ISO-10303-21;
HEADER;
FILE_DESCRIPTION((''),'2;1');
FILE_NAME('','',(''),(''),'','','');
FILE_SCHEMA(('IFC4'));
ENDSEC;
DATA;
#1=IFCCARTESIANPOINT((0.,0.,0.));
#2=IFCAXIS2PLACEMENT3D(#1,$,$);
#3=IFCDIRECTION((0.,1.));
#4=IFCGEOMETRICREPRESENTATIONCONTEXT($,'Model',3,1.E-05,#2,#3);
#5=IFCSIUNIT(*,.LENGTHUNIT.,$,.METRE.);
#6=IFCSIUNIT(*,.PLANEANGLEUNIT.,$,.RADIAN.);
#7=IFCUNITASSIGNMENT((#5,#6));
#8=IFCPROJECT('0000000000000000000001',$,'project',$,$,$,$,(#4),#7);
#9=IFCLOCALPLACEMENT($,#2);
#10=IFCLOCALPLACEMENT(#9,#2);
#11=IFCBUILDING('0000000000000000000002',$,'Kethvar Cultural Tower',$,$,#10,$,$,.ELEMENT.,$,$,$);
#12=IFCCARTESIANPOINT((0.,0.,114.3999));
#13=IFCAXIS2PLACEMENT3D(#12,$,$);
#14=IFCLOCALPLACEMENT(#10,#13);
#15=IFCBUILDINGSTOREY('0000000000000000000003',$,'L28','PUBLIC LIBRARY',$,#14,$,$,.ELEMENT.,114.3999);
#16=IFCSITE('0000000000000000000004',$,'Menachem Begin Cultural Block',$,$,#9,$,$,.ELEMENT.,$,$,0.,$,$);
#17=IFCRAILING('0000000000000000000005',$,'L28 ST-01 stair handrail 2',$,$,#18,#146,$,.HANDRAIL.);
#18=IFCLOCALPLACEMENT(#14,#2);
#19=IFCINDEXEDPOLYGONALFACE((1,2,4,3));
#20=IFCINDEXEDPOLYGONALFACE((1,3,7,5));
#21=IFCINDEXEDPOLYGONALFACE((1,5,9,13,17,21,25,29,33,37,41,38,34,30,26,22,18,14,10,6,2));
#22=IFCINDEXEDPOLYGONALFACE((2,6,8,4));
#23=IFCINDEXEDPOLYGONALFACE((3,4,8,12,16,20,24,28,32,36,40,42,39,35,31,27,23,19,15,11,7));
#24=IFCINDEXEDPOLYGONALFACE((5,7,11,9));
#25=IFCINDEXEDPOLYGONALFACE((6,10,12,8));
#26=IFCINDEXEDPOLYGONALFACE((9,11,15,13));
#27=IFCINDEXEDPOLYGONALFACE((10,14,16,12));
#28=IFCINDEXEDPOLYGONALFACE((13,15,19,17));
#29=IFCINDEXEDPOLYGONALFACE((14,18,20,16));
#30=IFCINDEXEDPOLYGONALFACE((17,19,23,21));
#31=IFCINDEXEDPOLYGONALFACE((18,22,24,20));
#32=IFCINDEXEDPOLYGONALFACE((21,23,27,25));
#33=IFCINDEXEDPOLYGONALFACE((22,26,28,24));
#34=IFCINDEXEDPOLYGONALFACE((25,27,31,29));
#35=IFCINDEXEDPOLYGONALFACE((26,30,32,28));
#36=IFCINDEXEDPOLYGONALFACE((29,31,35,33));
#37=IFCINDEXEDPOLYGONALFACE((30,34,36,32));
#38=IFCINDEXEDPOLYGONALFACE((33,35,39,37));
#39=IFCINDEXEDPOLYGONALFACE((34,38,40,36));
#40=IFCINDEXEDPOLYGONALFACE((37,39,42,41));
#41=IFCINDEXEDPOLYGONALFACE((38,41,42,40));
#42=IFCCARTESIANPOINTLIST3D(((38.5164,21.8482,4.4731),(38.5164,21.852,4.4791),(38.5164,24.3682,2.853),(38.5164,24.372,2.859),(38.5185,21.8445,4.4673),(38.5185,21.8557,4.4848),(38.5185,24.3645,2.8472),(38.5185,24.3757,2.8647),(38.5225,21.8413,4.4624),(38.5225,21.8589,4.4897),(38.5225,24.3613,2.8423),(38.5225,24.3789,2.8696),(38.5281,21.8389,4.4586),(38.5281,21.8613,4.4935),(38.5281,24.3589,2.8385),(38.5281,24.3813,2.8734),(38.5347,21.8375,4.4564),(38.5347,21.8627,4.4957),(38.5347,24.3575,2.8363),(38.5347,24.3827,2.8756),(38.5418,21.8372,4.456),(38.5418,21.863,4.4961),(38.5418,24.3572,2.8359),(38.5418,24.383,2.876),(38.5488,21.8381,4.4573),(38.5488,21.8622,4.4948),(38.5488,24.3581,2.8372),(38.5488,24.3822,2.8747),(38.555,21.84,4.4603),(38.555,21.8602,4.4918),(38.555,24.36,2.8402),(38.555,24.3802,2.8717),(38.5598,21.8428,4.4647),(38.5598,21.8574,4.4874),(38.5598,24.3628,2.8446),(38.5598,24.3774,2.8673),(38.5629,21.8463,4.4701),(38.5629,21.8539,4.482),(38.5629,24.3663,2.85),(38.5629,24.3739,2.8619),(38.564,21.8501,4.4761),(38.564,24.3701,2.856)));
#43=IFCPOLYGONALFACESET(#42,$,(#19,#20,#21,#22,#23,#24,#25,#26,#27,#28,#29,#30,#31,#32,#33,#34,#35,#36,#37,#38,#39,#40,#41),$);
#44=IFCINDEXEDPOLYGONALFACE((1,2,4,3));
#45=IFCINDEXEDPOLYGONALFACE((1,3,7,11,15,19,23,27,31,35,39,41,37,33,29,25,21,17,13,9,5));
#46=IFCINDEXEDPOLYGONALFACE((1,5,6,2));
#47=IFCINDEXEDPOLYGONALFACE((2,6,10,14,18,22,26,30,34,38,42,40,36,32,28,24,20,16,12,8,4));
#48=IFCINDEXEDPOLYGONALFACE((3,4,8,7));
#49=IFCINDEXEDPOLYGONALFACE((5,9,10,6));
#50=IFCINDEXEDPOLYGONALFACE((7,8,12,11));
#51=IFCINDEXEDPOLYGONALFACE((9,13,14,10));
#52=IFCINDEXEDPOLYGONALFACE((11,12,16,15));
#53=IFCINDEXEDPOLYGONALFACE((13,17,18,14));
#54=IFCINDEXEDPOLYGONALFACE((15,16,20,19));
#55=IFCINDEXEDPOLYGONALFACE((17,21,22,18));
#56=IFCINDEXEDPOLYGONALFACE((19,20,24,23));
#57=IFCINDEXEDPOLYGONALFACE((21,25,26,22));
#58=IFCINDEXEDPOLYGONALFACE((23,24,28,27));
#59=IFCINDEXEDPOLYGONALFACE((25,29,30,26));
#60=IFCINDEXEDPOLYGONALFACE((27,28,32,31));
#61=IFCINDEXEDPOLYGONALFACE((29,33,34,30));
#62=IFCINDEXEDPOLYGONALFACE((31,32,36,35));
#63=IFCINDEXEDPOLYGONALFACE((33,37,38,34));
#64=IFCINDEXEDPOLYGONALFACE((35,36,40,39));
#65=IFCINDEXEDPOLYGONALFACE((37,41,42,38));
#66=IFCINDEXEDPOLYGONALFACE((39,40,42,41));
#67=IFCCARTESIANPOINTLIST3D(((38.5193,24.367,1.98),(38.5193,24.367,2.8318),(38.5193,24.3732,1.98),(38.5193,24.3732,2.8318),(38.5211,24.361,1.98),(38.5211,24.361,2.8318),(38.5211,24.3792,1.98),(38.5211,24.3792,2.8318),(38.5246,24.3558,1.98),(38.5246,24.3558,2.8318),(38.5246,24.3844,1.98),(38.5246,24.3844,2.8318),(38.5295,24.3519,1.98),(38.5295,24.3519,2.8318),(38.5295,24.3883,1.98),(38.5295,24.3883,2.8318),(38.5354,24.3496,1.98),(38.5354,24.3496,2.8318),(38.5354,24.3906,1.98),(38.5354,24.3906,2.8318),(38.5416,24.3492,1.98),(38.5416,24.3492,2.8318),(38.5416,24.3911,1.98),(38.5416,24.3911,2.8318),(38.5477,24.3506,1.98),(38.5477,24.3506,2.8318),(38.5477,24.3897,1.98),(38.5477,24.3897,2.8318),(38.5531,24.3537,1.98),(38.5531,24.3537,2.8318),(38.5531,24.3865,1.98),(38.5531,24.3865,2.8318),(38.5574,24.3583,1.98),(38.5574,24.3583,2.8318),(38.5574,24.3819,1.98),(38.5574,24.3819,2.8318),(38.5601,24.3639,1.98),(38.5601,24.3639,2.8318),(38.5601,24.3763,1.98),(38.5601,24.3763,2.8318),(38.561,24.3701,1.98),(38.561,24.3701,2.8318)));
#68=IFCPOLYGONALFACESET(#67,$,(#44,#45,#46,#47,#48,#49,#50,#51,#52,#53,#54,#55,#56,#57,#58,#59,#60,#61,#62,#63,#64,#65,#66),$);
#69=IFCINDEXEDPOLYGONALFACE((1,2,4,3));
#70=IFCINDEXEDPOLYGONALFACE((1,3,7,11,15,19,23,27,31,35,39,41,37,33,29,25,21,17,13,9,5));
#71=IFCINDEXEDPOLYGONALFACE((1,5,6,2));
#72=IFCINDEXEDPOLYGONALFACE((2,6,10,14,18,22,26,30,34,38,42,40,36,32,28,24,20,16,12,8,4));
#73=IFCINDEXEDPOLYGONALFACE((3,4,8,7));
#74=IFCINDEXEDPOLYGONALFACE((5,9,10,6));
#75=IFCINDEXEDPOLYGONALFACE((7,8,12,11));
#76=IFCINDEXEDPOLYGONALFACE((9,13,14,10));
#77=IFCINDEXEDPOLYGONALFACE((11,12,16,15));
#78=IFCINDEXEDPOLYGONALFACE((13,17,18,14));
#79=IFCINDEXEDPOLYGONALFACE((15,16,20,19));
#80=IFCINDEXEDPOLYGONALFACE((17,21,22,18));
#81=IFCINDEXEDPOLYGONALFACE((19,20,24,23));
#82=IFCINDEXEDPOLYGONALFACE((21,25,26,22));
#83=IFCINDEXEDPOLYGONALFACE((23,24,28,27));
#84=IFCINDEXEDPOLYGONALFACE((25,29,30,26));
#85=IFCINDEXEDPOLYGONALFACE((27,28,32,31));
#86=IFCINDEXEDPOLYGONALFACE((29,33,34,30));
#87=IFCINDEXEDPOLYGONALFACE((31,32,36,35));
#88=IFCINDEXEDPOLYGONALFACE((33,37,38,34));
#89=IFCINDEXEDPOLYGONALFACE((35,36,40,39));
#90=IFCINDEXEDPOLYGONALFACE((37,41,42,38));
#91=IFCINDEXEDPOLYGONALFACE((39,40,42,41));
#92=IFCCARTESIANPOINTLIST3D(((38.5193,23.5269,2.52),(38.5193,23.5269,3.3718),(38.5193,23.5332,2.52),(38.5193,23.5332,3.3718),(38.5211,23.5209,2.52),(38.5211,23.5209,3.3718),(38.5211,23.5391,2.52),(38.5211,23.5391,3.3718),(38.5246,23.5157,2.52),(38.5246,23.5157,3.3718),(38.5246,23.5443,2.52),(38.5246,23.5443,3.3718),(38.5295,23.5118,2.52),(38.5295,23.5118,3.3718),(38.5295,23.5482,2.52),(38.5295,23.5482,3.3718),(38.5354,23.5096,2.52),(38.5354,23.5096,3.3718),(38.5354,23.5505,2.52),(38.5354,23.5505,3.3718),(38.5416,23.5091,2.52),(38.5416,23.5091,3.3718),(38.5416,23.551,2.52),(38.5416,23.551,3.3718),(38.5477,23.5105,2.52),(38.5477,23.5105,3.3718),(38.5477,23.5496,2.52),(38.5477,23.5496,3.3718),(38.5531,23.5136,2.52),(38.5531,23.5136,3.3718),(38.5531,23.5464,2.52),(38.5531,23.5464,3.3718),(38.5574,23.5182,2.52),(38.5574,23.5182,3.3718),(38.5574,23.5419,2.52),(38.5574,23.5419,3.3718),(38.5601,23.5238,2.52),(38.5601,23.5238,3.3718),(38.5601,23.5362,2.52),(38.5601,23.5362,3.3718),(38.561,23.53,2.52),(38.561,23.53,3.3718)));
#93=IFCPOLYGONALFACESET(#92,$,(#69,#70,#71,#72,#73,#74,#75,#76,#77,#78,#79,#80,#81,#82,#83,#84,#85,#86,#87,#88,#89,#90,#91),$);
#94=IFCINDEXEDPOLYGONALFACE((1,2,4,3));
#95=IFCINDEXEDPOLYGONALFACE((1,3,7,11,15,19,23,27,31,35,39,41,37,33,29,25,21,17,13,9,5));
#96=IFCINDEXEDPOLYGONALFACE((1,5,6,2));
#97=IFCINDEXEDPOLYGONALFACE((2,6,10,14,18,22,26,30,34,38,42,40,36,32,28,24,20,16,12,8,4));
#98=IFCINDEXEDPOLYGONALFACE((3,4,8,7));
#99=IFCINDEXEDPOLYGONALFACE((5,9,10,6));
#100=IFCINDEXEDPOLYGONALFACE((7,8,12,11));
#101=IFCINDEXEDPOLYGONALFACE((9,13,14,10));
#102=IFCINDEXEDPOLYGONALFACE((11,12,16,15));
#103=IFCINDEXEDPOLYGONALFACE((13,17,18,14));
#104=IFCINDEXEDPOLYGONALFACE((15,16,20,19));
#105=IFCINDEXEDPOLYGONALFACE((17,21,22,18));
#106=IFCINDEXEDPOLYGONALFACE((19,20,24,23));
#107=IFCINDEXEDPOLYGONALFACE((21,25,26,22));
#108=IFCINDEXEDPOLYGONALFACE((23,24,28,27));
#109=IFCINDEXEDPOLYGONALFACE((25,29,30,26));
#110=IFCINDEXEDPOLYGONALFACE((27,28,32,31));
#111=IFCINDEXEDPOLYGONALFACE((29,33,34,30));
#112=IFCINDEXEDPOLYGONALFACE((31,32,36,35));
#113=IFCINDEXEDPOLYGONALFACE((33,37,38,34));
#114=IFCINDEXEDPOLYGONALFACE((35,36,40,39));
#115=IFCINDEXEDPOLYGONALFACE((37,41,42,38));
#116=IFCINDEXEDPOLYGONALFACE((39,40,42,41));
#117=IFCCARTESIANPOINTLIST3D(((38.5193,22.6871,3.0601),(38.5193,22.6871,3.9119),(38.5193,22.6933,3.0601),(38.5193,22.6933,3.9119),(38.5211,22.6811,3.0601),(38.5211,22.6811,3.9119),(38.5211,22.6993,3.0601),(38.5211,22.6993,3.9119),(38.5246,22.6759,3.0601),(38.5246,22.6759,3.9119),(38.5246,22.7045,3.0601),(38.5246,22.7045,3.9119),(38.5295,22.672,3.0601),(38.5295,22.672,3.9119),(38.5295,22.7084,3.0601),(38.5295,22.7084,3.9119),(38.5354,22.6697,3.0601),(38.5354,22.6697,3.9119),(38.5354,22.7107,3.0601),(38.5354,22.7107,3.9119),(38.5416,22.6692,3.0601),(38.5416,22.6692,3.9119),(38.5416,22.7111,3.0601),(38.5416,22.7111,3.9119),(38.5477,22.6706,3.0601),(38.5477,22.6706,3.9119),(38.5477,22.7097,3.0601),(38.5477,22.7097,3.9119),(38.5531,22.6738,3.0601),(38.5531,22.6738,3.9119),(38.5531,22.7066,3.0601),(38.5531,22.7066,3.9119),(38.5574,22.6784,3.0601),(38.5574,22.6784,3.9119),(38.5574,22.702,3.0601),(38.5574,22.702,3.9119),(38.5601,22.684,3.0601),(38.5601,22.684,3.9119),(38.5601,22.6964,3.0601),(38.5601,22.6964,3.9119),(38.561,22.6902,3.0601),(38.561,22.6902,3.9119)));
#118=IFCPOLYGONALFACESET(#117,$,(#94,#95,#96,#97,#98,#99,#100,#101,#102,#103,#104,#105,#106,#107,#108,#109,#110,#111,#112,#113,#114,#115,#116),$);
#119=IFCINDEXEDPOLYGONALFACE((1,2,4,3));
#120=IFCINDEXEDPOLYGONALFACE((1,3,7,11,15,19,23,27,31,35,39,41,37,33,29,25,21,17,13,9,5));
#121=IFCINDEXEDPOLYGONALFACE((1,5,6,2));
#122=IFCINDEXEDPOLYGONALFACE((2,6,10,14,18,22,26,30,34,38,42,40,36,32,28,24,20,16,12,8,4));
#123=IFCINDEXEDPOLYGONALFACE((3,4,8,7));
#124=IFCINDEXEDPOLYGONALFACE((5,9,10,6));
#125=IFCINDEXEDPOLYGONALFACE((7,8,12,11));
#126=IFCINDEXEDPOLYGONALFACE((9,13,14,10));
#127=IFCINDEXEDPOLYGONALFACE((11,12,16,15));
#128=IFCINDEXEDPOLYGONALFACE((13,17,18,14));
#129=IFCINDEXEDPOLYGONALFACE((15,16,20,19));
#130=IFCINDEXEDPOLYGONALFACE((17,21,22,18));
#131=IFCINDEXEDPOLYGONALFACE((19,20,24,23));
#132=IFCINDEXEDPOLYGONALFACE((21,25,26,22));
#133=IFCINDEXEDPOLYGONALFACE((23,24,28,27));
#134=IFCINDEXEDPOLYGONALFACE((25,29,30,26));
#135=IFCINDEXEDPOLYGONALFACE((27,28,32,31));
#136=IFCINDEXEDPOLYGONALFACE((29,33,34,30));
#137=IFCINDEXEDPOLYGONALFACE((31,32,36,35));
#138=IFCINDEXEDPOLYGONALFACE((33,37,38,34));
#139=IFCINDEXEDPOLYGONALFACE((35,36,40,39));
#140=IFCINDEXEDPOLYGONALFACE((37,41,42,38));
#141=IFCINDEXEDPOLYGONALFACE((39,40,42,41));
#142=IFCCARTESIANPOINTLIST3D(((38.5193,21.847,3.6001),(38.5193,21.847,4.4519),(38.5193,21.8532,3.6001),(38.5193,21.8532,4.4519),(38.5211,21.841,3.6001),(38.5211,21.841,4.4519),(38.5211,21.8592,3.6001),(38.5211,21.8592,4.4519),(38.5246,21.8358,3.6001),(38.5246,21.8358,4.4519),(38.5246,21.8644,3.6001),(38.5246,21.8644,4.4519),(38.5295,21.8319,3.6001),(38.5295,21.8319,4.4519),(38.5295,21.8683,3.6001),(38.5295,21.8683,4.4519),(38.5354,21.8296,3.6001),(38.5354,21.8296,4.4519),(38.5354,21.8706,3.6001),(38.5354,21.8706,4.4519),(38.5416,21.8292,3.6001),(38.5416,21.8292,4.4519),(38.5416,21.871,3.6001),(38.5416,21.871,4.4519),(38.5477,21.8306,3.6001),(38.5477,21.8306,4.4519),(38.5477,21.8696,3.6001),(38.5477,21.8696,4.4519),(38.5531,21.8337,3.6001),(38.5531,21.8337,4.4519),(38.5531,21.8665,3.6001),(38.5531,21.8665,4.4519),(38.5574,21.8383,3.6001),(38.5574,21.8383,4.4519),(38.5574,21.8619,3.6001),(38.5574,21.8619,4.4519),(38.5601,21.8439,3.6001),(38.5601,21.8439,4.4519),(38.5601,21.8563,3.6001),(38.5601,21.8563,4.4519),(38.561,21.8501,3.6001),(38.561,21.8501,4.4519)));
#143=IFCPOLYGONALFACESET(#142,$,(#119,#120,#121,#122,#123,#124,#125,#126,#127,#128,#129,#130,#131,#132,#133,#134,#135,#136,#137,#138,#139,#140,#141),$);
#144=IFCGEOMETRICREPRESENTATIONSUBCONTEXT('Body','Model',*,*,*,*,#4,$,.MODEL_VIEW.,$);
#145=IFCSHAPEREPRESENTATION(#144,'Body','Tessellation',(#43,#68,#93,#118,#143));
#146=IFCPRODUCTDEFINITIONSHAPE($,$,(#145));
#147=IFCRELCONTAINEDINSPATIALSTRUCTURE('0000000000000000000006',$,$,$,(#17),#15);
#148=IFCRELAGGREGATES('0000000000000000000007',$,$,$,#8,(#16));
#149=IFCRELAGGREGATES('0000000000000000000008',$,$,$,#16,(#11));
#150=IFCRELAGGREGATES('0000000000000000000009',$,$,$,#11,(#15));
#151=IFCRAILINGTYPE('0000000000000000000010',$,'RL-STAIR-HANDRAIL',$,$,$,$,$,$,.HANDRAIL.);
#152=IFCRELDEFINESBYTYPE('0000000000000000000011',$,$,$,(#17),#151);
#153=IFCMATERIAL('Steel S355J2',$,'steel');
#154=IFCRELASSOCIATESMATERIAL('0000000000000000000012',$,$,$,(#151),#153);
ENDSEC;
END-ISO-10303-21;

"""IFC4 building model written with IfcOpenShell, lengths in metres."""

from ifc_helpers import new_model, si_unit, direction, frame, origin, origin_2d, place, context, subcontext, project, spatial, circle, extrude, material, type_object, element, save


model = new_model("IFC4")

# Units and contexts
model_context = context("Model", 3, precision=1e-05, world=origin(), true_north=direction((0.0, 1.0)))
body_context = subcontext(model_context, "Body", "Model", "MODEL_VIEW")
ifc_project = project(units=[si_unit("LENGTHUNIT", "METRE"), si_unit("PLANEANGLEUNIT", "RADIAN")], contexts=[model_context])

# Site, building, storey
site_placement = place(None, origin())
site = spatial("IfcSite", under=ifc_project, at=site_placement, Name="Menachem Begin Cultural Block", CompositionType="ELEMENT", RefElevation=0.0)
building_placement = place(site_placement, origin())
building = spatial("IfcBuilding", under=site, at=building_placement, Name="Kethvar Cultural Tower", CompositionType="ELEMENT")
storey_placement = place(building_placement, frame((0.0, 0.0, 114.3999)))
storey = spatial("IfcBuildingStorey", under=building, at=storey_placement, Name="L28", Description="PUBLIC LIBRARY", CompositionType="ELEMENT", Elevation=114.3999)

# Shared definitions
ifc_material_1 = material(Name="Steel S355J2", Category="steel")

# Railing
railing_type_1 = type_object("IfcRailingType", Name="RL-STAIR-HANDRAIL", PredefinedType="HANDRAIL", material=ifc_material_1)
railing_1_placement = place(storey_placement, frame((38.54, 24.3701, 1.98)))
element("IfcRailing", 1, at=railing_1_placement, inside=storey, type_object=railing_type_1, Name="L28 ST-01 stair handrail 2", PredefinedType="HANDRAIL", context=body_context, shape_type="SweptSolid", body=[
    extrude(circle(Radius=0.0239, at=origin_2d()), frame((0.0, 0.0, 0.876), z_axis=(0.0, -0.841163, 0.540782), x_axis=(1.0, 0.0, 0.0)), (0.0, 0.0, 1.0), 2.9958),
    extrude(circle(Radius=0.021, at=origin_2d()), origin(), (0.0, 0.0, 1.0), 0.8518),
    extrude(circle(Radius=0.021, at=origin_2d()), frame((0.0, -0.8401, 0.54)), (0.0, 0.0, 1.0), 0.8518),
    extrude(circle(Radius=0.021, at=origin_2d()), frame((0.0, -1.6799, 1.0801)), (0.0, 0.0, 1.0), 0.8518),
    extrude(circle(Radius=0.021, at=origin_2d()), frame((0.0, -2.52, 1.6201)), (0.0, 0.0, 1.0), 0.8518),
])

save(model, "model.ifc")
